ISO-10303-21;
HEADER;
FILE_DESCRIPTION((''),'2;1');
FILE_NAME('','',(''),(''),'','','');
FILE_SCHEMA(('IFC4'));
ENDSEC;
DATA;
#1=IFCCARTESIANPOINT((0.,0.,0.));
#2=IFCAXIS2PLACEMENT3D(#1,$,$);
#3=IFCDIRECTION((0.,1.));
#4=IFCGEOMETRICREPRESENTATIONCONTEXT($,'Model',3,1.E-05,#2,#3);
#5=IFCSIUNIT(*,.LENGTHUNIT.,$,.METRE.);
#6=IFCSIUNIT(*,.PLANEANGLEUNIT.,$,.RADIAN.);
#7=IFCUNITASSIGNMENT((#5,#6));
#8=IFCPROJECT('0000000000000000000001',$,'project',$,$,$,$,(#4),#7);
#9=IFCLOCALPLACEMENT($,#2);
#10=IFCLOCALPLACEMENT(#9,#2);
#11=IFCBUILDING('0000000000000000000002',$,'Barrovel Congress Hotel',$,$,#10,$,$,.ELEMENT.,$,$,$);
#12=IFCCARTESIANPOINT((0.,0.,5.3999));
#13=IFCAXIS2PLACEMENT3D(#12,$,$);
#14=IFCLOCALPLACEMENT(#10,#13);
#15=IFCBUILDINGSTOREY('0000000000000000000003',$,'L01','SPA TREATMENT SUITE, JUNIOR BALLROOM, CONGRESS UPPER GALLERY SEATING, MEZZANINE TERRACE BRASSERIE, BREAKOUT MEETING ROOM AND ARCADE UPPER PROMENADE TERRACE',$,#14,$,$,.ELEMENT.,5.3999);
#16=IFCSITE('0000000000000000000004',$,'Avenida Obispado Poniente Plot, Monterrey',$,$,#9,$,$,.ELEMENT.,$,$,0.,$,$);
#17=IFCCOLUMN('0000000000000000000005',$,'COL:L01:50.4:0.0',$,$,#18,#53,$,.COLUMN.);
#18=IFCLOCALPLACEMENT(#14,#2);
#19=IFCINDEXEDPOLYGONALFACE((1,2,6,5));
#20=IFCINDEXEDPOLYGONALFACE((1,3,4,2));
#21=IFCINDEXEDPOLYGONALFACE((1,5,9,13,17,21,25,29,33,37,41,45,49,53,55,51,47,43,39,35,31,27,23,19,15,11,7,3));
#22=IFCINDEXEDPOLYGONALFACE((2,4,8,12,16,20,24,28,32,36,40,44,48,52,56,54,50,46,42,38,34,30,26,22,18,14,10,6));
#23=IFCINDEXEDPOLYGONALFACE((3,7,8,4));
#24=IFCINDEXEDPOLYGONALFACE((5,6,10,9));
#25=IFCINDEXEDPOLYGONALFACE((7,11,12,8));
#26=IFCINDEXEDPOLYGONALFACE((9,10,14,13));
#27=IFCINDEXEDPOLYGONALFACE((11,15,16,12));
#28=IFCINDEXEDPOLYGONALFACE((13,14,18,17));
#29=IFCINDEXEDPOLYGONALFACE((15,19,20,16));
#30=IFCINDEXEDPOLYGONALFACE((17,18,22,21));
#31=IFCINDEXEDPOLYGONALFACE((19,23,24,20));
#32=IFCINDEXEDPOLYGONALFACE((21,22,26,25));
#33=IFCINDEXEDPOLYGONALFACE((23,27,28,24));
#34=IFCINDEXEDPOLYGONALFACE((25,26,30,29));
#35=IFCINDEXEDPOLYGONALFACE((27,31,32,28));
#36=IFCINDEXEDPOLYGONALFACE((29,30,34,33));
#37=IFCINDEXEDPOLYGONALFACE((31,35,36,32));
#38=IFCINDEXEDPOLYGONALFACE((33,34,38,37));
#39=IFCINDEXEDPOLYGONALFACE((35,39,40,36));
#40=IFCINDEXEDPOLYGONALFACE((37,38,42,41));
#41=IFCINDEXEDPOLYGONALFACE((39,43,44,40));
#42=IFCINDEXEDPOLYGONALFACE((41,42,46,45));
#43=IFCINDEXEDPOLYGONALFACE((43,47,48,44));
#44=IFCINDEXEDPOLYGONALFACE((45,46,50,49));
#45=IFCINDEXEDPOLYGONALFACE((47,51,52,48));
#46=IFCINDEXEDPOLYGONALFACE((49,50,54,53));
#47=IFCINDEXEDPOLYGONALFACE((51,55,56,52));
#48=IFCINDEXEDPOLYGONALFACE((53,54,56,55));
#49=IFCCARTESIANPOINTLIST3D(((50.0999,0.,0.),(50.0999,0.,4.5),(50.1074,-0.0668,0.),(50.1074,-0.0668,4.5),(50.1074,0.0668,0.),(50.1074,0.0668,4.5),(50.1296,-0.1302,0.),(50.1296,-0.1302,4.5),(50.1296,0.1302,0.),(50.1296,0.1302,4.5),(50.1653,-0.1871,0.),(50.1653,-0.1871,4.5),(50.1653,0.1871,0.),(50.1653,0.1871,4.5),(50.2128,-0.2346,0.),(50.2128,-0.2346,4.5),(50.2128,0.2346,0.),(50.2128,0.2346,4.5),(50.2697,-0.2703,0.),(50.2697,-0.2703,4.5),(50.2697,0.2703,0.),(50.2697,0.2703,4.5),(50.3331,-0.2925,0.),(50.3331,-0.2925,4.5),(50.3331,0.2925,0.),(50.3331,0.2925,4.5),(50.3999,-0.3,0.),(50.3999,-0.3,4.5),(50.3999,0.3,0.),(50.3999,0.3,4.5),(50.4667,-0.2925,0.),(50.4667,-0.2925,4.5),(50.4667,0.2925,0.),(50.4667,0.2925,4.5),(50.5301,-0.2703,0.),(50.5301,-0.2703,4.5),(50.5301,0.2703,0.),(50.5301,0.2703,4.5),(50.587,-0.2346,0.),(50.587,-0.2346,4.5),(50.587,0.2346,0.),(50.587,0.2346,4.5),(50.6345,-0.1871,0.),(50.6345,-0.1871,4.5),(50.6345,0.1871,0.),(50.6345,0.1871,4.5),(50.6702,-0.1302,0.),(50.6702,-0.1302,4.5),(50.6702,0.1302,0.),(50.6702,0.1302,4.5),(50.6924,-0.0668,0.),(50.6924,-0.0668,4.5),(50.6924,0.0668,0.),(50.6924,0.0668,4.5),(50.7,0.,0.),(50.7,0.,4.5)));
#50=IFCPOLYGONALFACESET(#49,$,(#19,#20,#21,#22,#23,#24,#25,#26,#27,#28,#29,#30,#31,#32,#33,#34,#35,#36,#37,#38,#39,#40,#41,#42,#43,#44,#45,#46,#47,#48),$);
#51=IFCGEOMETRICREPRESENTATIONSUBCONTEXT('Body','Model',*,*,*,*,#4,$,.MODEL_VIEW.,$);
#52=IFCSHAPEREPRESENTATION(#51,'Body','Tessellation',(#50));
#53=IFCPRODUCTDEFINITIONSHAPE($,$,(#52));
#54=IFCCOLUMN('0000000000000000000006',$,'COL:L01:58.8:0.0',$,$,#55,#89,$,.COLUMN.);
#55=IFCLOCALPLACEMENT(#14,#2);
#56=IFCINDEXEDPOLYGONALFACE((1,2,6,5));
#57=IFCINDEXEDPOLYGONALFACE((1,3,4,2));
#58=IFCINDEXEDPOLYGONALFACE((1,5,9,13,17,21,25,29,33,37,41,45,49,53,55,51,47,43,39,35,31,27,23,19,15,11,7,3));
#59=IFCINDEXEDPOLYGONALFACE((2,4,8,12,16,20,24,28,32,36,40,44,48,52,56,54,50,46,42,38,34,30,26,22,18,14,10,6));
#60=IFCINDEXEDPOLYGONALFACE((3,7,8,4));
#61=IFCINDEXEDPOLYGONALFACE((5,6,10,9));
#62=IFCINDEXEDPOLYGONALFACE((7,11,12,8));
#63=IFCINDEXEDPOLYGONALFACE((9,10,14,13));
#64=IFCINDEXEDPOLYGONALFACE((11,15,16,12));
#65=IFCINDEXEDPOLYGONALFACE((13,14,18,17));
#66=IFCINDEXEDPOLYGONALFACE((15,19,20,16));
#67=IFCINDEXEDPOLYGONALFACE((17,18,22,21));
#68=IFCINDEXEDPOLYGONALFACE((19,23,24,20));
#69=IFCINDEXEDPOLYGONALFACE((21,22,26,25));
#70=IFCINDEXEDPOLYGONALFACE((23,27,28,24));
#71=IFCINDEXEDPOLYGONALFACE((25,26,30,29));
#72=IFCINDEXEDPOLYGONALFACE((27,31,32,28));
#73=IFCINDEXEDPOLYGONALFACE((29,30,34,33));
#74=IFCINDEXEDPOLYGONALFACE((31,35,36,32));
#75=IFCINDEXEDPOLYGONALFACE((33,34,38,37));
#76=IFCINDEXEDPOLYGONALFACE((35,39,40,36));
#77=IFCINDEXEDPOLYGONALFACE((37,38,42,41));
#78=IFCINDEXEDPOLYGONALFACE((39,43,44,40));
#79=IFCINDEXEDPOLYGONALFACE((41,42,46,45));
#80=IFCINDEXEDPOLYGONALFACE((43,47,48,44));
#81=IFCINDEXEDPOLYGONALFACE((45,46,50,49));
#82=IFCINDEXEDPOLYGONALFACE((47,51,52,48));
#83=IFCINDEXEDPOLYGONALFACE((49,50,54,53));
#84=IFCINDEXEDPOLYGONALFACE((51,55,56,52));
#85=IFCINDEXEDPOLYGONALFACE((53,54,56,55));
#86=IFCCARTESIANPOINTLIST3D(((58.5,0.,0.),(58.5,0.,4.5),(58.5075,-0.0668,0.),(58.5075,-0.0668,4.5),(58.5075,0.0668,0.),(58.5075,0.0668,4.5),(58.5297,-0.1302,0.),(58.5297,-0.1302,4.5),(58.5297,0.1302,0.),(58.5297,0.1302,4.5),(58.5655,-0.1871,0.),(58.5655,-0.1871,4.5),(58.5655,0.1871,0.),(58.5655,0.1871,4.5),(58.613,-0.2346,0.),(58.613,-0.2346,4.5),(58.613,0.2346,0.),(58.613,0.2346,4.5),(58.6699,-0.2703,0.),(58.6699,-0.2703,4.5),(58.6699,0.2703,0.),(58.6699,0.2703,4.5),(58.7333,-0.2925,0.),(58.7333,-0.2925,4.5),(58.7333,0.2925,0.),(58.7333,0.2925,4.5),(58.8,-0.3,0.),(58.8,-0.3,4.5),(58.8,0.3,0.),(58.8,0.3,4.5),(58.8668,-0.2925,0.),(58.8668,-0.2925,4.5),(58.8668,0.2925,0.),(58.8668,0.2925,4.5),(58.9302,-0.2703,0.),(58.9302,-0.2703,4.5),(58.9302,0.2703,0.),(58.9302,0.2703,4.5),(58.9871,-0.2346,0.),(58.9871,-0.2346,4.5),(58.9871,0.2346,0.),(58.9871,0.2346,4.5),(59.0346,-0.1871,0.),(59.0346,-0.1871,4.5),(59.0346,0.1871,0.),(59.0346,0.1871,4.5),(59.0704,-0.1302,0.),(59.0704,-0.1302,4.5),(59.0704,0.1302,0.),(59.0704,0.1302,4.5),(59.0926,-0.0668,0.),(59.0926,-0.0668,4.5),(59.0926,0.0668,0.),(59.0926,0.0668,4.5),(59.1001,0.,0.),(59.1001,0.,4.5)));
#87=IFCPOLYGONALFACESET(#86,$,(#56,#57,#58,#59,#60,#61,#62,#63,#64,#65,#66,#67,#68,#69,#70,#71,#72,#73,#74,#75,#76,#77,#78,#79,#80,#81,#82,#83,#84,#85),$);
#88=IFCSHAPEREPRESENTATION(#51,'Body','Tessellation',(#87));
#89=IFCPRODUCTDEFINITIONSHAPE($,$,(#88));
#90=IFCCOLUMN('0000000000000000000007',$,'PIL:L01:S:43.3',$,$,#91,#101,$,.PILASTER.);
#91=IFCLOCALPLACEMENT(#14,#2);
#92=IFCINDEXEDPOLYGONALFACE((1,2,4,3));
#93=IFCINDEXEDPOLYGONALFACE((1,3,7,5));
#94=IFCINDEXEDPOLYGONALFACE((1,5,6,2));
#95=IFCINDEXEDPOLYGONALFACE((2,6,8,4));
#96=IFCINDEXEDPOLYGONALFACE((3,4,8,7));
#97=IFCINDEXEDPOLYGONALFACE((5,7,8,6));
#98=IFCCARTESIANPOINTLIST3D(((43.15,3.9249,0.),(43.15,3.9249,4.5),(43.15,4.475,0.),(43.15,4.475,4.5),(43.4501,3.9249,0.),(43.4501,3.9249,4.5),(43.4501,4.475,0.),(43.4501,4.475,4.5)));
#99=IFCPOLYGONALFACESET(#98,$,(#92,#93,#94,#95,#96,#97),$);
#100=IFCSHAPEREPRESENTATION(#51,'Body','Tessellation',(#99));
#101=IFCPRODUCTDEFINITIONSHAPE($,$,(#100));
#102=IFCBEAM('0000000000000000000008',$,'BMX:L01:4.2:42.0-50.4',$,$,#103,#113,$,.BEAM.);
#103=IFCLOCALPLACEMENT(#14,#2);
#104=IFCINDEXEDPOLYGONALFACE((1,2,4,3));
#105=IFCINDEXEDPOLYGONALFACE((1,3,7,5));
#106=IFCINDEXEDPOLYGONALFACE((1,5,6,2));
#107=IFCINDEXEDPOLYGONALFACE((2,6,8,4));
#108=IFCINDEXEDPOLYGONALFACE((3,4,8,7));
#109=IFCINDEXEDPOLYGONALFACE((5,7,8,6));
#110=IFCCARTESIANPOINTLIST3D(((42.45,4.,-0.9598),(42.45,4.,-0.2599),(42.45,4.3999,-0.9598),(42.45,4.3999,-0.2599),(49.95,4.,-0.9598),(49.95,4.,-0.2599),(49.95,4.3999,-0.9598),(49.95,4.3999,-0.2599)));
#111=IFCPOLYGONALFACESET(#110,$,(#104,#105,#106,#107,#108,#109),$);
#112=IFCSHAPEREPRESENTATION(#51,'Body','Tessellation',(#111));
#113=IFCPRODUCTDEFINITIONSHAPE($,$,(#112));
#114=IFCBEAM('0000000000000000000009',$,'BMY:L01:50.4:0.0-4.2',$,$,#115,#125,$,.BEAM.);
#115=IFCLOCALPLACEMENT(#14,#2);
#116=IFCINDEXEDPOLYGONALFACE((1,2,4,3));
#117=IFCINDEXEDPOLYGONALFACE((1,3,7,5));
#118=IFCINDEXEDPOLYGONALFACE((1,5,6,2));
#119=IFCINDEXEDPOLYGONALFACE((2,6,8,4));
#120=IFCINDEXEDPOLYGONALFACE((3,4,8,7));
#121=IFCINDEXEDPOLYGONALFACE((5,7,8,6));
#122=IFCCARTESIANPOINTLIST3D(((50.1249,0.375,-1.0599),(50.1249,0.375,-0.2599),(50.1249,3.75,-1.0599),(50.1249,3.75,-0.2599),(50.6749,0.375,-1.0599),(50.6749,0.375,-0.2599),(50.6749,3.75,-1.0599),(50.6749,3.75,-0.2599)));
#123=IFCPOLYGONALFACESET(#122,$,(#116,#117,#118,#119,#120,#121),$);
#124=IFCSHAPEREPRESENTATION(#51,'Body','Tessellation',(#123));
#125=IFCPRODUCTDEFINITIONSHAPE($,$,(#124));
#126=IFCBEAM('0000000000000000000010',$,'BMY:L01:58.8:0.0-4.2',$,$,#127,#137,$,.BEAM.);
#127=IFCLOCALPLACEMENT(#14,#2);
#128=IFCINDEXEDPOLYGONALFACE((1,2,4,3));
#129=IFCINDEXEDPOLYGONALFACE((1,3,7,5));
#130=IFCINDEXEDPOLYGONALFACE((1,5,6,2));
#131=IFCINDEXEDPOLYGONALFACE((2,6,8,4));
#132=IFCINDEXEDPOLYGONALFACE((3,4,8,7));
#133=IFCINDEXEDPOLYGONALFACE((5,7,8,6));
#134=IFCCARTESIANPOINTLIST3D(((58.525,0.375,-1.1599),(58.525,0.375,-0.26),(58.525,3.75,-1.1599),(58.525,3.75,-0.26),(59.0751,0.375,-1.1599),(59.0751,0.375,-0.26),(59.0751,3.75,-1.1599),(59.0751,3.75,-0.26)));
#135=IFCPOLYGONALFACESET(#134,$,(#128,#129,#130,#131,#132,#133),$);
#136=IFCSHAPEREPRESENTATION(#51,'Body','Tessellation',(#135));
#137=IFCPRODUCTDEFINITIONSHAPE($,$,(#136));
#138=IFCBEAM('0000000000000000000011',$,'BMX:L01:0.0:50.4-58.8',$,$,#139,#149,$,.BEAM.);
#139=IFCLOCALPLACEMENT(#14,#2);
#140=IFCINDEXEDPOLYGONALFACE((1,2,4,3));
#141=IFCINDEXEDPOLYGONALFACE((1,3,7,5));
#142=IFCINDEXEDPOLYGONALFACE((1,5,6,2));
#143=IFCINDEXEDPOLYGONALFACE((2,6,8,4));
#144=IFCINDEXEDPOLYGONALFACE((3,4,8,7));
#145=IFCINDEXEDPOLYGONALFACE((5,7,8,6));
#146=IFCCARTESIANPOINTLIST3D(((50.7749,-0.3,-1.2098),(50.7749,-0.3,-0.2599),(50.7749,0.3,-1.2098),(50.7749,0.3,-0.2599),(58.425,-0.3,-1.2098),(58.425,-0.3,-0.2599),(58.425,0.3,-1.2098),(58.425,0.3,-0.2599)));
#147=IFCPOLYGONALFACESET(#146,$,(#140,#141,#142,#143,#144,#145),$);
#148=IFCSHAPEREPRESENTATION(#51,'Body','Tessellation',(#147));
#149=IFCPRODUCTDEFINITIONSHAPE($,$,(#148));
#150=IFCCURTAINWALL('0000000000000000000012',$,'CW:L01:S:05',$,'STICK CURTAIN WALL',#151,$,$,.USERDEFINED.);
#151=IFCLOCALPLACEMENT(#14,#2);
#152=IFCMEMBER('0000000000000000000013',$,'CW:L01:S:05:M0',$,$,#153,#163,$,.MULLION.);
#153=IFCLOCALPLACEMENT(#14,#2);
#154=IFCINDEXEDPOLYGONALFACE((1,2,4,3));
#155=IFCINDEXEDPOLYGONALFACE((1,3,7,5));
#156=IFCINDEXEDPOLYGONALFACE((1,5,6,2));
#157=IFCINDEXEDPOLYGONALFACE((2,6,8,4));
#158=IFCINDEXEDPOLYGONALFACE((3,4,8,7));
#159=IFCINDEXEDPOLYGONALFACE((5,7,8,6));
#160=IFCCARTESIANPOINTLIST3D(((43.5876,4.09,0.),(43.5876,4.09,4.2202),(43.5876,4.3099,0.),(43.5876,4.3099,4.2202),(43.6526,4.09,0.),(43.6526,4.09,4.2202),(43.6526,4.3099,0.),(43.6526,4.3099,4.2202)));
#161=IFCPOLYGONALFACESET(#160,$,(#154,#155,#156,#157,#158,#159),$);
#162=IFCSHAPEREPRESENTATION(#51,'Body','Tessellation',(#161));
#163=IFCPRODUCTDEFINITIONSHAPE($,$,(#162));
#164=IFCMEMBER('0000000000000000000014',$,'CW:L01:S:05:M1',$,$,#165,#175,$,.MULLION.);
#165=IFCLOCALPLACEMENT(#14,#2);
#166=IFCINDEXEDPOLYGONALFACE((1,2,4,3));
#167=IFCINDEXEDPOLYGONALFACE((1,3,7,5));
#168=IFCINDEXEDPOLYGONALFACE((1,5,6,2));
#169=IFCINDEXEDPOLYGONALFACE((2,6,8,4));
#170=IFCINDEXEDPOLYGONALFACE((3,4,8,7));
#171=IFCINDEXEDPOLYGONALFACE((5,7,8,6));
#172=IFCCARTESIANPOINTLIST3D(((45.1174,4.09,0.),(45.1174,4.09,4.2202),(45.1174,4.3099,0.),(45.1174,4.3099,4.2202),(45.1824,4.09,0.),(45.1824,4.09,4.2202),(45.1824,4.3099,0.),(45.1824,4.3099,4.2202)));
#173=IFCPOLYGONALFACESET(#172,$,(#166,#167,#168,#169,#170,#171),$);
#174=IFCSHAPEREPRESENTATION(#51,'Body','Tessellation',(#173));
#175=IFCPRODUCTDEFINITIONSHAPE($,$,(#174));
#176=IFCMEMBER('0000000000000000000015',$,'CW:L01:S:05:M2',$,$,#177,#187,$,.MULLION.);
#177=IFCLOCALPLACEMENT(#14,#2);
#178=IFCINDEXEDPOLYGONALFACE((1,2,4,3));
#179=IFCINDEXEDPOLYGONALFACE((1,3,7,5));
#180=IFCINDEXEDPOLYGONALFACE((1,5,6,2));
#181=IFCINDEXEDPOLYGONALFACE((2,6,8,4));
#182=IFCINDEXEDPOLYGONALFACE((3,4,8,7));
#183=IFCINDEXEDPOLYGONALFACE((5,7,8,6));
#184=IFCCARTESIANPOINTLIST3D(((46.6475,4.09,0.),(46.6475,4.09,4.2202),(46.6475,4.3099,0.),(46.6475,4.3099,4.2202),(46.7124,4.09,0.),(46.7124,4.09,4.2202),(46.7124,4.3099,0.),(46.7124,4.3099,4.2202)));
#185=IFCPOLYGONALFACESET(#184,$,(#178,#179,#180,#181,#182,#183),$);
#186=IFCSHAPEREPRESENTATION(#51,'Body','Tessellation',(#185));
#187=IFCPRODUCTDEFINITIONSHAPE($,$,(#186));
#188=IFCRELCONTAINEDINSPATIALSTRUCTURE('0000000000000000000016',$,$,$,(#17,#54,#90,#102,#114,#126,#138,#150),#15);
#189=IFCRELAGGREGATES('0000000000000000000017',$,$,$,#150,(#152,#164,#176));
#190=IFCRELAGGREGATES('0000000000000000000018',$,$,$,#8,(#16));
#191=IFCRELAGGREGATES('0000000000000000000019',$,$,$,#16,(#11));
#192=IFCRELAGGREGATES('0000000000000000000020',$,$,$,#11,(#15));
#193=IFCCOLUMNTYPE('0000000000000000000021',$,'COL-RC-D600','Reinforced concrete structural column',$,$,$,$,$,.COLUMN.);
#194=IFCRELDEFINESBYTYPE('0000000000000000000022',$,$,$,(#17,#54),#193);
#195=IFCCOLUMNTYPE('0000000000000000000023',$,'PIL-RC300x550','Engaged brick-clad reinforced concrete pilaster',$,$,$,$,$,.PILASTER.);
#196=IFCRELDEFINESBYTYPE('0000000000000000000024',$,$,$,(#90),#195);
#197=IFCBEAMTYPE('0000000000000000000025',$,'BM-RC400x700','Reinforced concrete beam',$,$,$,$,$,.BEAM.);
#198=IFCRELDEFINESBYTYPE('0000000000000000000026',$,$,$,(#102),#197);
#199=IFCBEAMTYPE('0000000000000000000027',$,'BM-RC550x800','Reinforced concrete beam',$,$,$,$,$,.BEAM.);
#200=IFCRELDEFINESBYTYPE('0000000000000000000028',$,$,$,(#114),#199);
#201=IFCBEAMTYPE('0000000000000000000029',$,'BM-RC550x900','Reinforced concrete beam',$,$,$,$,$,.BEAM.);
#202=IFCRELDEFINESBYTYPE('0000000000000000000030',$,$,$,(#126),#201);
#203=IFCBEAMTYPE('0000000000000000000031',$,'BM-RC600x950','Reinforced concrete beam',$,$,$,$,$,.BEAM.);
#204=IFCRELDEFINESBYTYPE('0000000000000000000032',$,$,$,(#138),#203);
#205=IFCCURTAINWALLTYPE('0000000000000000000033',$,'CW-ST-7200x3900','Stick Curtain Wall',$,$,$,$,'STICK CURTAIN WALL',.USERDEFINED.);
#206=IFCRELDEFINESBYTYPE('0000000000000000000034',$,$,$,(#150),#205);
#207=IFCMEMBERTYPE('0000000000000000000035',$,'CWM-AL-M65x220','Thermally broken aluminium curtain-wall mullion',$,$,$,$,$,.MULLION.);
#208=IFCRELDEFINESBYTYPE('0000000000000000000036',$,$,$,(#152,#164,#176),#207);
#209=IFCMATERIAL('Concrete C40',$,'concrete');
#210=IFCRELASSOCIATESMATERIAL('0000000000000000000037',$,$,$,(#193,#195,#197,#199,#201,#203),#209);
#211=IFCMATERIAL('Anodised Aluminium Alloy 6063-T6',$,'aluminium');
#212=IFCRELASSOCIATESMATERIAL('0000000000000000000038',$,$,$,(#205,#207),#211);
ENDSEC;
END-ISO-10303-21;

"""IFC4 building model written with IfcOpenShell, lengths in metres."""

from ifc_helpers import new_model, si_unit, direction, frame, origin, origin_2d, place, context, subcontext, project, spatial, rectangle, circle, extrude, material, material_profile, profile_set, type_object, element, aggregate, save


model = new_model("IFC4")

# Units and contexts
model_context = context("Model", 3, precision=1e-05, world=origin(), true_north=direction((0.0, 1.0)))
body_context = subcontext(model_context, "Body", "Model", "MODEL_VIEW")
ifc_project = project(units=[si_unit("LENGTHUNIT", "METRE"), si_unit("PLANEANGLEUNIT", "RADIAN")], contexts=[model_context])

# Site, building, storey
site_placement = place(None, origin())
site = spatial("IfcSite", under=ifc_project, at=site_placement, Name="Avenida Obispado Poniente Plot, Monterrey", CompositionType="ELEMENT", RefElevation=0.0)
building_placement = place(site_placement, origin())
building = spatial("IfcBuilding", under=site, at=building_placement, Name="Barrovel Congress Hotel", CompositionType="ELEMENT")
storey_placement = place(building_placement, frame((0.0, 0.0, 5.3999)))
storey = spatial("IfcBuildingStorey", under=building, at=storey_placement, Name="L01", Description="SPA TREATMENT SUITE, JUNIOR BALLROOM, CONGRESS UPPER GALLERY SEATING, MEZZANINE TERRACE BRASSERIE, BREAKOUT MEETING ROOM AND ARCADE UPPER PROMENADE TERRACE", CompositionType="ELEMENT", Elevation=5.3999)

# Columns
ifc_material_1 = material(Name="Concrete C40", Category="concrete")
ifc_material_profile_1 = material_profile(ifc_material_1, circle(Radius=0.3, at=origin_2d()), Name="RC-D600")
ifc_profile_set_1 = profile_set([ifc_material_profile_1], Name="Concrete C40")
column_type_1 = type_object("IfcColumnType", Name="COL-RC-D600", Description="Reinforced concrete structural column", PredefinedType="COLUMN", material=ifc_profile_set_1)
for number, where, z_axis, x_axis, name in (
    (1, (50.3999, 0.0, 0.0), (0.0, 0.0, 1.0), (1.0, 0.0, 0.0), "COL:L01:50.4:0.0"),
    (2, (58.8, 0.0, 0.0), (0.0, 0.0, 1.0), (1.0, 0.0, 0.0), "COL:L01:58.8:0.0"),
):
    element("IfcColumn", number, at=place(storey_placement, frame(where, z_axis=z_axis, x_axis=x_axis)), inside=storey, type_object=column_type_1, Name=name, PredefinedType="COLUMN", context=body_context, shape_type="SweptSolid", body=[
        extrude(circle(Radius=0.3, at=origin_2d()), origin(), (0.0, 0.0, 1.0), 4.5),
    ])
ifc_material_profile_2 = material_profile(ifc_material_1, rectangle(XDim=0.3, YDim=0.55, at=origin_2d()), Name="RC300x550")
ifc_profile_set_2 = profile_set([ifc_material_profile_2], Name="Concrete C40")
column_type_2 = type_object("IfcColumnType", Name="PIL-RC300x550", Description="Engaged brick-clad reinforced concrete pilaster", PredefinedType="PILASTER", material=ifc_profile_set_2)
column_placement = place(storey_placement, frame((43.3, 4.2, 0.0), z_axis=(0.0, 0.0, 1.0), x_axis=(1.0, 0.0, 0.0)))
element("IfcColumn", 3, at=column_placement, inside=storey, type_object=column_type_2, Name="PIL:L01:S:43.3", PredefinedType="PILASTER", context=body_context, shape_type="SweptSolid", body=[
    extrude(rectangle(XDim=0.3, YDim=0.55, at=origin_2d()), origin(), (0.0, 0.0, 1.0), 4.5),
])

# Beams
ifc_material_profile_3 = material_profile(ifc_material_1, rectangle(XDim=0.3999, YDim=0.7, at=origin_2d()), Name="RC400x700")
ifc_profile_set_3 = profile_set([ifc_material_profile_3], Name="Concrete C40")
beam_type_1 = type_object("IfcBeamType", Name="BM-RC400x700", Description="Reinforced concrete beam", PredefinedType="BEAM", material=ifc_profile_set_3)
beam_1_placement = place(storey_placement, frame((42.45, 4.2, -0.6099), z_axis=(1.0, 0.0, 0.0), x_axis=(0.0, 1.0, 0.0)))
element("IfcBeam", 4, at=beam_1_placement, inside=storey, type_object=beam_type_1, Name="BMX:L01:4.2:42.0-50.4", PredefinedType="BEAM", context=body_context, shape_type="SweptSolid", body=[
    extrude(rectangle(XDim=0.3999, YDim=0.7, at=origin_2d()), origin(), (0.0, 0.0, 1.0), 7.5),
])
ifc_material_profile_4 = material_profile(ifc_material_1, rectangle(XDim=0.55, YDim=0.8, at=origin_2d()), Name="RC550x800")
ifc_profile_set_4 = profile_set([ifc_material_profile_4], Name="Concrete C40")
beam_type_2 = type_object("IfcBeamType", Name="BM-RC550x800", Description="Reinforced concrete beam", PredefinedType="BEAM", material=ifc_profile_set_4)
beam_2_placement = place(storey_placement, frame((50.3999, 0.375, -0.6599), z_axis=(0.0, 1.0, 0.0), x_axis=(-1.0, 0.0, 0.0)))
element("IfcBeam", 5, at=beam_2_placement, inside=storey, type_object=beam_type_2, Name="BMY:L01:50.4:0.0-4.2", PredefinedType="BEAM", context=body_context, shape_type="SweptSolid", body=[
    extrude(rectangle(XDim=0.55, YDim=0.8, at=origin_2d()), origin(), (0.0, 0.0, 1.0), 3.375),
])
ifc_material_profile_5 = material_profile(ifc_material_1, rectangle(XDim=0.55, YDim=0.8999, at=origin_2d()), Name="RC550x900")
ifc_profile_set_5 = profile_set([ifc_material_profile_5], Name="Concrete C40")
beam_type_3 = type_object("IfcBeamType", Name="BM-RC550x900", Description="Reinforced concrete beam", PredefinedType="BEAM", material=ifc_profile_set_5)
beam_3_placement = place(storey_placement, frame((58.8, 0.375, -0.71), z_axis=(0.0, 1.0, 0.0), x_axis=(-1.0, 0.0, 0.0)))
element("IfcBeam", 6, at=beam_3_placement, inside=storey, type_object=beam_type_3, Name="BMY:L01:58.8:0.0-4.2", PredefinedType="BEAM", context=body_context, shape_type="SweptSolid", body=[
    extrude(rectangle(XDim=0.55, YDim=0.8999, at=origin_2d()), origin(), (0.0, 0.0, 1.0), 3.375),
])
ifc_material_profile_6 = material_profile(ifc_material_1, rectangle(XDim=0.6001, YDim=0.95, at=origin_2d()), Name="RC600x950")
ifc_profile_set_6 = profile_set([ifc_material_profile_6], Name="Concrete C40")
beam_type_4 = type_object("IfcBeamType", Name="BM-RC600x950", Description="Reinforced concrete beam", PredefinedType="BEAM", material=ifc_profile_set_6)
beam_4_placement = place(storey_placement, frame((50.7749, 0.0, -0.7349), z_axis=(1.0, 0.0, 0.0), x_axis=(0.0, 1.0, 0.0)))
element("IfcBeam", 7, at=beam_4_placement, inside=storey, type_object=beam_type_4, Name="BMX:L01:0.0:50.4-58.8", PredefinedType="BEAM", context=body_context, shape_type="SweptSolid", body=[
    extrude(rectangle(XDim=0.6001, YDim=0.95, at=origin_2d()), origin(), (0.0, 0.0, 1.0), 7.6501),
])

# Curtain wall, members
ifc_material_2 = material(Name="Anodised Aluminium Alloy 6063-T6", Category="aluminium")
curtain_wall_type = type_object("IfcCurtainWallType", Name="CW-ST-7200x3900", Description="Stick Curtain Wall", ElementType="STICK CURTAIN WALL", PredefinedType="USERDEFINED", material=ifc_material_2)
curtain_wall_placement = place(storey_placement, origin())
curtain_wall = element("IfcCurtainWall", 8, at=curtain_wall_placement, inside=storey, type_object=curtain_wall_type, Name="CW:L01:S:05", ObjectType="STICK CURTAIN WALL", PredefinedType="USERDEFINED")
ifc_material_profile_7 = material_profile(ifc_material_2, rectangle(XDim=0.0649, YDim=0.22, at=origin_2d()), Name="AL-M65x220")
ifc_profile_set_7 = profile_set([ifc_material_profile_7], Name="Anodised Aluminium Alloy 6063-T6")
member_type_1 = type_object("IfcMemberType", Name="CWM-AL-M65x220", Description="Thermally broken aluminium curtain-wall mullion", PredefinedType="MULLION", material=ifc_profile_set_7)
member_1_placement = place(storey_placement, frame((43.6201, 4.2, 0.0), z_axis=(0.0, 0.0, 1.0), x_axis=(1.0, 0.0, 0.0)))
member_1 = element("IfcMember", 9, at=member_1_placement, type_object=member_type_1, Name="CW:L01:S:05:M0", PredefinedType="MULLION", context=body_context, shape_type="SweptSolid", body=[
    extrude(rectangle(XDim=0.0649, YDim=0.22, at=origin_2d()), origin(), (0.0, 0.0, 1.0), 4.2202),
])
member_2_placement = place(storey_placement, frame((45.1499, 4.2, 0.0), z_axis=(0.0, 0.0, 1.0), x_axis=(1.0, 0.0, 0.0)))
member_2 = element("IfcMember", 10, at=member_2_placement, type_object=member_type_1, Name="CW:L01:S:05:M1", PredefinedType="MULLION", context=body_context, shape_type="SweptSolid", body=[
    extrude(rectangle(XDim=0.0649, YDim=0.22, at=origin_2d()), origin(), (0.0, 0.0, 1.0), 4.2202),
])
member_3_placement = place(storey_placement, frame((46.6799, 4.2, 0.0), z_axis=(0.0, 0.0, 1.0), x_axis=(1.0, 0.0, 0.0)))
member_3 = element("IfcMember", 11, at=member_3_placement, type_object=member_type_1, Name="CW:L01:S:05:M2", PredefinedType="MULLION", context=body_context, shape_type="SweptSolid", body=[
    extrude(rectangle(XDim=0.0649, YDim=0.22, at=origin_2d()), origin(), (0.0, 0.0, 1.0), 4.2202),
])

aggregate(curtain_wall, [member_1, member_2, member_3])

save(model, "model.ifc")
